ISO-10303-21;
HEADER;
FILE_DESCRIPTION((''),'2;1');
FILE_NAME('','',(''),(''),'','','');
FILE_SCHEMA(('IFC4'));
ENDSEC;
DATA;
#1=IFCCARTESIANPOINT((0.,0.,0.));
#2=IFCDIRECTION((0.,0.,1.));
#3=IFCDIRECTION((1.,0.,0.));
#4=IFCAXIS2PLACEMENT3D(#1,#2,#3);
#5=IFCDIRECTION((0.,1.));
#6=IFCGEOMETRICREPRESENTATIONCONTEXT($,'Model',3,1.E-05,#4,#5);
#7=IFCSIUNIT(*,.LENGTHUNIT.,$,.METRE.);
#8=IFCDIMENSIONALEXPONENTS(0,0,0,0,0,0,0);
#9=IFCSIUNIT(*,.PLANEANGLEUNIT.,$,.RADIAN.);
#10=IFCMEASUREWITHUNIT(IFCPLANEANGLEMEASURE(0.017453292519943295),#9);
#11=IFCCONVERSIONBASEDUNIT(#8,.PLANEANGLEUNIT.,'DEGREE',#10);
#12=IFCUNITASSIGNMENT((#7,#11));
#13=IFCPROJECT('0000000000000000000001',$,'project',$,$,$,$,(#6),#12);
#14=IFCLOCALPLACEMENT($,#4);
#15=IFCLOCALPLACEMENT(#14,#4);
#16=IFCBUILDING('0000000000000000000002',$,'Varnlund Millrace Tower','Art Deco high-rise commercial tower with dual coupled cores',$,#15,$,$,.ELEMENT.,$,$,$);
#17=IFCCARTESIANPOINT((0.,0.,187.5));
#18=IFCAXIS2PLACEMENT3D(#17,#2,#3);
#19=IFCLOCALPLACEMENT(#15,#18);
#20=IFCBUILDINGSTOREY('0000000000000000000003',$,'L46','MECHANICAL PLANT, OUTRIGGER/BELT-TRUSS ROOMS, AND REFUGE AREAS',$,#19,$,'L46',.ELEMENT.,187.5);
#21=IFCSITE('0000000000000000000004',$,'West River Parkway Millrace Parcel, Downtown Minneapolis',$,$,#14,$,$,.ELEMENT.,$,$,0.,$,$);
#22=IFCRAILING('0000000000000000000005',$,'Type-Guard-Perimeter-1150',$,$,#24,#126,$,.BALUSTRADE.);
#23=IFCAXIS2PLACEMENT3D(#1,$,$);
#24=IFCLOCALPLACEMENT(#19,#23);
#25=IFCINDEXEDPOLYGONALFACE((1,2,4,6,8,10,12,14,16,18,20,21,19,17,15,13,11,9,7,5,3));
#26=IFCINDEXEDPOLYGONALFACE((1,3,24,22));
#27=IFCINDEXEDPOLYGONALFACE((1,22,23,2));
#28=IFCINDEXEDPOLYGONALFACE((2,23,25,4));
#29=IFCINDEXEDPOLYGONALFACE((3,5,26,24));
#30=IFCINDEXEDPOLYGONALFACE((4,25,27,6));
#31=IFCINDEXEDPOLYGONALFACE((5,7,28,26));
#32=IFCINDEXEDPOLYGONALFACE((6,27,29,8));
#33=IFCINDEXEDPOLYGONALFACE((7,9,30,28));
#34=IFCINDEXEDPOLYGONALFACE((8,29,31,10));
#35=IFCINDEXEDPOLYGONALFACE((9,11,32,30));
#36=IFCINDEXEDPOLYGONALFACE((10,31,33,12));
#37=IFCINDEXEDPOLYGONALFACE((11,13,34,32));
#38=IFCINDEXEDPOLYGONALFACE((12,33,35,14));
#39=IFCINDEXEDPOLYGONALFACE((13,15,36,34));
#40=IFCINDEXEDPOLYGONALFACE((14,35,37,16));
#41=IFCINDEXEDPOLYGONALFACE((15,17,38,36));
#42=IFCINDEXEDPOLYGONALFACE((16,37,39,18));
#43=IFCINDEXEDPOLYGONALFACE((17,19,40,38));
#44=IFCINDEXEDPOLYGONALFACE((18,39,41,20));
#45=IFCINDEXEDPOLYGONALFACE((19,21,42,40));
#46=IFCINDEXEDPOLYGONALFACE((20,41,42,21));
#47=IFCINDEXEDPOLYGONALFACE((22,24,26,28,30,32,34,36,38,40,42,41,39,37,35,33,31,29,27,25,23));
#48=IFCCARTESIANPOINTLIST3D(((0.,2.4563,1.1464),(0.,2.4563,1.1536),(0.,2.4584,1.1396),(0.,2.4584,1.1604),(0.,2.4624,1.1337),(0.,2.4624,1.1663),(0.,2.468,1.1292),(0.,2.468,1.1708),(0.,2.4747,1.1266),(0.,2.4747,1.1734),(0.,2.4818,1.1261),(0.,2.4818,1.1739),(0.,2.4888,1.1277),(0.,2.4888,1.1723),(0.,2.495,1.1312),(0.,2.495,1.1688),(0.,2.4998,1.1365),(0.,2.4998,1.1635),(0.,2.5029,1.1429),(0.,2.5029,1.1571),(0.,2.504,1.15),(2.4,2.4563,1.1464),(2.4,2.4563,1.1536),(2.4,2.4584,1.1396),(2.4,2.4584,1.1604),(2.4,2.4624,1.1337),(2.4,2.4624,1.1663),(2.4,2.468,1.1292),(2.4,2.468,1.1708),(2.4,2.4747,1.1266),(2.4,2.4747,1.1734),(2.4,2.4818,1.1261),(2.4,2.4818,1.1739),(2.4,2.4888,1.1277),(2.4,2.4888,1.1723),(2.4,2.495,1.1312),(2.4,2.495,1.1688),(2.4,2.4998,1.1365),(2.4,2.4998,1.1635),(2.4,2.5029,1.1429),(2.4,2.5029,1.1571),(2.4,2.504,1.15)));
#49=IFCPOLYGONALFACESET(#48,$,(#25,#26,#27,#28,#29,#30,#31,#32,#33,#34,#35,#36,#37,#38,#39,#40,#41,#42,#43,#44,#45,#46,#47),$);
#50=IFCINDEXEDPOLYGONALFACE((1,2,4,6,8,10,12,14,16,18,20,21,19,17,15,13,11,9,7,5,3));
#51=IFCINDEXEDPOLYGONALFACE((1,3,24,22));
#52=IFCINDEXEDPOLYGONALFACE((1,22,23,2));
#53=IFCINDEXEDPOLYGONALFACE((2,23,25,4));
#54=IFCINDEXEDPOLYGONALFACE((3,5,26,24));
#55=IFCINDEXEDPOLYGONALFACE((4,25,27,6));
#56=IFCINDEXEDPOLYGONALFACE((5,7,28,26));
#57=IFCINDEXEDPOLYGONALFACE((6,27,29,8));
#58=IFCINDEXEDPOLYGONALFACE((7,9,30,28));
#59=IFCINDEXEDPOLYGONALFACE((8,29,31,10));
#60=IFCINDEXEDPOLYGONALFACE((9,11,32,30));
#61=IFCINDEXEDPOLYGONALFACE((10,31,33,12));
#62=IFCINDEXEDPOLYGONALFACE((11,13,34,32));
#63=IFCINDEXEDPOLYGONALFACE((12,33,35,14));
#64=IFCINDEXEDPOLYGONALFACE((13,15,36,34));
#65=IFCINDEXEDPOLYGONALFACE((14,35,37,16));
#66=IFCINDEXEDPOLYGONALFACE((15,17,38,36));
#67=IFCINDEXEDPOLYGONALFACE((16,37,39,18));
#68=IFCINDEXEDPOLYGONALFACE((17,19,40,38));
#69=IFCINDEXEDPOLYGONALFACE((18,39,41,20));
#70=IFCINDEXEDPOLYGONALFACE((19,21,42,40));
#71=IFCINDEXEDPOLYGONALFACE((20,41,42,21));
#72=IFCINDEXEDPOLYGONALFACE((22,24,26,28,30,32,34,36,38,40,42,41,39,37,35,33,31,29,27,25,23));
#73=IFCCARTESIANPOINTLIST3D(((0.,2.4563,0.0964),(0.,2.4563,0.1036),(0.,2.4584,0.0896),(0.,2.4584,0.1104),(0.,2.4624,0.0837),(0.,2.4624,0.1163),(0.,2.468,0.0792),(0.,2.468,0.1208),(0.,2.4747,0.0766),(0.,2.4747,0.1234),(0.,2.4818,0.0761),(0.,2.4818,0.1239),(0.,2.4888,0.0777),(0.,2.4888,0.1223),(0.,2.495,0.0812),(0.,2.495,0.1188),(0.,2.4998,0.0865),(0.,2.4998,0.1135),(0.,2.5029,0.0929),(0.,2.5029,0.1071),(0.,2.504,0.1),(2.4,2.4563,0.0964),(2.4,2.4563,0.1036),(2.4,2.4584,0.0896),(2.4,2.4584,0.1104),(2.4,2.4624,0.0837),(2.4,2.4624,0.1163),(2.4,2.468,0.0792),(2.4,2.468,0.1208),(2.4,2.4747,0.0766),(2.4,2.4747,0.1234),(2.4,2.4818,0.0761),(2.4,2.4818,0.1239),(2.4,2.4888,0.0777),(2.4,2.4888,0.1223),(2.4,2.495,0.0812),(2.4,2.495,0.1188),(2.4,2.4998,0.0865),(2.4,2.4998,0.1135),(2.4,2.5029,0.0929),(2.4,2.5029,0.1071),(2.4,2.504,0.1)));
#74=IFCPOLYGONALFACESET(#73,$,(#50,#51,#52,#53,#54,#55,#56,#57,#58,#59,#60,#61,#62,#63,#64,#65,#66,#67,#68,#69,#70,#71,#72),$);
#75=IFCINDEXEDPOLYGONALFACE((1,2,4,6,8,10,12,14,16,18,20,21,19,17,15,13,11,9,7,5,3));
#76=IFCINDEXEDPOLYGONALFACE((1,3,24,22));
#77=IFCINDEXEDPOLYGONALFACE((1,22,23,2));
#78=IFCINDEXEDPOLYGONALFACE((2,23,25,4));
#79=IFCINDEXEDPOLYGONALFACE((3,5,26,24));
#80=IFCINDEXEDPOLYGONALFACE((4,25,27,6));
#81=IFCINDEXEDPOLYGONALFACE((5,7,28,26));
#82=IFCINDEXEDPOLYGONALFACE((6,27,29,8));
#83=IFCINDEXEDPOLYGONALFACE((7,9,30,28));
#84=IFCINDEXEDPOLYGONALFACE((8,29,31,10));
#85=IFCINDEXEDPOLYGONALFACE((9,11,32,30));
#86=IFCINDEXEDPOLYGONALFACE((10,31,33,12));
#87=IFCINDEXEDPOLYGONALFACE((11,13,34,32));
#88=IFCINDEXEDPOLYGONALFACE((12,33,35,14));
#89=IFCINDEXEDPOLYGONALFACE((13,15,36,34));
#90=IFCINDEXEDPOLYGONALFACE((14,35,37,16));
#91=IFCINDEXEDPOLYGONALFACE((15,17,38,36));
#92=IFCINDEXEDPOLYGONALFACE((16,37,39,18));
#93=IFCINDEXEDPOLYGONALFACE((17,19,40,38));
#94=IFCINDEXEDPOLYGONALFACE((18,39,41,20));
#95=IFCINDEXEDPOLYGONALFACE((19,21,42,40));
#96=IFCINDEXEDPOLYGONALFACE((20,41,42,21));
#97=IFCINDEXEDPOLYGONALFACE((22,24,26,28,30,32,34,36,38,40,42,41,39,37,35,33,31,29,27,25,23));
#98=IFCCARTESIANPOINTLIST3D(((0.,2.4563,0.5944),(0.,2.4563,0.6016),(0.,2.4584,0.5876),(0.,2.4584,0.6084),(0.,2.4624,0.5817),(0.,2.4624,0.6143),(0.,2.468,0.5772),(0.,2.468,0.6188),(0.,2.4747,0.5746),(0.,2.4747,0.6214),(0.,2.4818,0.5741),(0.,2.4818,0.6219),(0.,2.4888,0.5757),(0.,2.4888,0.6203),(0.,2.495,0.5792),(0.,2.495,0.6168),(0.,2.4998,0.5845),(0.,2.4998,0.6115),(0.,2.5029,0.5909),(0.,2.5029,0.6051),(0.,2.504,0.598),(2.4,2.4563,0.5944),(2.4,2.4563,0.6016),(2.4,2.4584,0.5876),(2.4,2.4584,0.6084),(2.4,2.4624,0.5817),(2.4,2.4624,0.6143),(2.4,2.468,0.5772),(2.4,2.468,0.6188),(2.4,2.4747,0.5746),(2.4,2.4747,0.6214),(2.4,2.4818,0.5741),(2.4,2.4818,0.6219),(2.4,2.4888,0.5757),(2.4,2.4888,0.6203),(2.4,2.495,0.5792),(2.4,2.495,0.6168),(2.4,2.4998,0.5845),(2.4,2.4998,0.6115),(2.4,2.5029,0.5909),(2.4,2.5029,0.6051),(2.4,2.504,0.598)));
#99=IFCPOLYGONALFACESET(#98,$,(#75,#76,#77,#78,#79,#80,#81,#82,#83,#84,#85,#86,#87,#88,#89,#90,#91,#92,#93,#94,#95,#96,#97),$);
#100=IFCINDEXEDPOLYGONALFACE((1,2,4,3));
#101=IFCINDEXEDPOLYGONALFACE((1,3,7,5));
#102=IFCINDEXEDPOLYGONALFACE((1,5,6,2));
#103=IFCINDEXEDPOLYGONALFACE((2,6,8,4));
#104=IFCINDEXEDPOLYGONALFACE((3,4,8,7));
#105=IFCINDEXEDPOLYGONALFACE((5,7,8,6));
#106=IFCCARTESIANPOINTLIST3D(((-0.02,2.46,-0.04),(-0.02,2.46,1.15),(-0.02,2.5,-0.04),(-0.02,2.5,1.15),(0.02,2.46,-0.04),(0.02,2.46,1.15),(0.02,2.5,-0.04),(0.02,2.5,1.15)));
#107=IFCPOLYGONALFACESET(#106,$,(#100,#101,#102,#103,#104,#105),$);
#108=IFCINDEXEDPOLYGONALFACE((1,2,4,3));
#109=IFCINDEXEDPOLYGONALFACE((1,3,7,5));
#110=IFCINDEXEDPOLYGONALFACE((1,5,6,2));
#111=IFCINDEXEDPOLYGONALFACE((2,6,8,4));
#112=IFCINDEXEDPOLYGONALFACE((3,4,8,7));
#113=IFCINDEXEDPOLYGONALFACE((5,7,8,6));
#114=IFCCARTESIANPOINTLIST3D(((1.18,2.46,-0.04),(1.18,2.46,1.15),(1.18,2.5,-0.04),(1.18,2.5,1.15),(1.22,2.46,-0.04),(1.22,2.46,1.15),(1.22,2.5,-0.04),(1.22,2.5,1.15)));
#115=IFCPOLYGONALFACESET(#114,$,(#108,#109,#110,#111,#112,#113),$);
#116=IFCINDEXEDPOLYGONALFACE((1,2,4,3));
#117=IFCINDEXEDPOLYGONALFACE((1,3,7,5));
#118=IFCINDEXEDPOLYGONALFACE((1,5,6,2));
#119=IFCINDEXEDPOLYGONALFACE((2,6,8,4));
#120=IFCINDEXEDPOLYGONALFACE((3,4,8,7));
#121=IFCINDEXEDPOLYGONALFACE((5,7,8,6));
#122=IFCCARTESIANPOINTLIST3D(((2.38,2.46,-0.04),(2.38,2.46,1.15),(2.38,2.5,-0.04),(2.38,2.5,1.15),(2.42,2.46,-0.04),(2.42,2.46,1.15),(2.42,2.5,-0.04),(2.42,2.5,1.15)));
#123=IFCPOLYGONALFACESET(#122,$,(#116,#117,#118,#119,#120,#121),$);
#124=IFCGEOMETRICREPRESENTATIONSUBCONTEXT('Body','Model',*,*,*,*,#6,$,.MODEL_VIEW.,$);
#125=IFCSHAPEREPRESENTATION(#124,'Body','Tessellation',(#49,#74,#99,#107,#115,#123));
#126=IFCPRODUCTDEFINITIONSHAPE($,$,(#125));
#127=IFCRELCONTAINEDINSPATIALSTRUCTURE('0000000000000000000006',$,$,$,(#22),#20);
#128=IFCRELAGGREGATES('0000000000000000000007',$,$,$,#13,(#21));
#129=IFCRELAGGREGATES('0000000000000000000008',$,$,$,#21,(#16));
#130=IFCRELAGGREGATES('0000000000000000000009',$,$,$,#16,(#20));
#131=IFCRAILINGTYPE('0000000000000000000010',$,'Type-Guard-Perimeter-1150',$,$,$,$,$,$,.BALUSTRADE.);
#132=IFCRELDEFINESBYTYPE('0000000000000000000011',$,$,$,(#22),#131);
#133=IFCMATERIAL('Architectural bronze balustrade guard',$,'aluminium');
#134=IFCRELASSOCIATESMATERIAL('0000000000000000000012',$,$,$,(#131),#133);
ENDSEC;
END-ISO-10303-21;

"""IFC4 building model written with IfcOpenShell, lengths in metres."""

from ifc_helpers import new_model, entity, si_unit, converted_unit, direction, frame, origin_with_axes, origin_2d_with_axis, place, context, subcontext, project, spatial, rectangle, circle, extrude, material, type_object, element, save


model = new_model("IFC4")

# Units and contexts
model_context = context("Model", 3, precision=1e-05, world=origin_with_axes(), true_north=direction((0.0, 1.0)))
body_context = subcontext(model_context, "Body", "Model", "MODEL_VIEW")
ifc_project = project(units=[si_unit("LENGTHUNIT", "METRE"), converted_unit("PLANEANGLEUNIT", "DEGREE", entity("IfcPlaneAngleMeasure", 0.017453292519943295), si_unit("PLANEANGLEUNIT", "RADIAN"), dimensions=[0, 0, 0, 0, 0, 0, 0])], contexts=[model_context])

# Site, building, storey
site_placement = place(None, origin_with_axes())
site = spatial("IfcSite", under=ifc_project, at=site_placement, Name="West River Parkway Millrace Parcel, Downtown Minneapolis", CompositionType="ELEMENT", RefElevation=0.0)
building_placement = place(site_placement, origin_with_axes())
building = spatial("IfcBuilding", under=site, at=building_placement, Name="Varnlund Millrace Tower", Description="Art Deco high-rise commercial tower with dual coupled cores", CompositionType="ELEMENT")
storey_placement = place(building_placement, frame((0.0, 0.0, 187.5), z_axis=(0.0, 0.0, 1.0), x_axis=(1.0, 0.0, 0.0)))
storey = spatial("IfcBuildingStorey", under=building, at=storey_placement, Name="L46", Description="MECHANICAL PLANT, OUTRIGGER/BELT-TRUSS ROOMS, AND REFUGE AREAS", LongName="L46", CompositionType="ELEMENT", Elevation=187.5)

# Railing
ifc_material_1 = material(Name="Architectural bronze balustrade guard", Category="aluminium")
railing_type_1 = type_object("IfcRailingType", Name="Type-Guard-Perimeter-1150", PredefinedType="BALUSTRADE", material=ifc_material_1)
railing_1_placement = place(storey_placement, frame((0.0, 0.0, -187.5), z_axis=(0.0, 0.0, 1.0), x_axis=(1.0, 0.0, 0.0)))
element("IfcRailing", 1, at=railing_1_placement, inside=storey, type_object=railing_type_1, Name="Type-Guard-Perimeter-1150", PredefinedType="BALUSTRADE", context=body_context, shape_type="SweptSolid", body=[
    extrude(circle(Radius=0.024, at=origin_2d_with_axis()), frame((0.0, 2.48, 188.65), z_axis=(1.0, 0.0, 0.0), x_axis=(0.0, 1.0, 0.0)), (0.0, 0.0, 1.0), 2.4),
    extrude(circle(Radius=0.024, at=origin_2d_with_axis()), frame((0.0, 2.48, 187.6), z_axis=(1.0, 0.0, 0.0), x_axis=(0.0, 1.0, 0.0)), (0.0, 0.0, 1.0), 2.4),
    extrude(circle(Radius=0.024, at=origin_2d_with_axis()), frame((0.0, 2.48, 188.098), z_axis=(1.0, 0.0, 0.0), x_axis=(0.0, 1.0, 0.0)), (0.0, 0.0, 1.0), 2.4),
    extrude(rectangle(XDim=0.04, YDim=0.04, at=origin_2d_with_axis()), frame((0.0, 2.48, 187.46), z_axis=(0.0, 0.0, 1.0), x_axis=(1.0, 0.0, 0.0)), (0.0, 0.0, 1.0), 1.19),
    extrude(rectangle(XDim=0.04, YDim=0.04, at=origin_2d_with_axis()), frame((1.2, 2.48, 187.46), z_axis=(0.0, 0.0, 1.0), x_axis=(1.0, 0.0, 0.0)), (0.0, 0.0, 1.0), 1.19),
    extrude(rectangle(XDim=0.04, YDim=0.04, at=origin_2d_with_axis()), frame((2.4, 2.48, 187.46), z_axis=(0.0, 0.0, 1.0), x_axis=(1.0, 0.0, 0.0)), (0.0, 0.0, 1.0), 1.19),
])

save(model, "model.ifc")
